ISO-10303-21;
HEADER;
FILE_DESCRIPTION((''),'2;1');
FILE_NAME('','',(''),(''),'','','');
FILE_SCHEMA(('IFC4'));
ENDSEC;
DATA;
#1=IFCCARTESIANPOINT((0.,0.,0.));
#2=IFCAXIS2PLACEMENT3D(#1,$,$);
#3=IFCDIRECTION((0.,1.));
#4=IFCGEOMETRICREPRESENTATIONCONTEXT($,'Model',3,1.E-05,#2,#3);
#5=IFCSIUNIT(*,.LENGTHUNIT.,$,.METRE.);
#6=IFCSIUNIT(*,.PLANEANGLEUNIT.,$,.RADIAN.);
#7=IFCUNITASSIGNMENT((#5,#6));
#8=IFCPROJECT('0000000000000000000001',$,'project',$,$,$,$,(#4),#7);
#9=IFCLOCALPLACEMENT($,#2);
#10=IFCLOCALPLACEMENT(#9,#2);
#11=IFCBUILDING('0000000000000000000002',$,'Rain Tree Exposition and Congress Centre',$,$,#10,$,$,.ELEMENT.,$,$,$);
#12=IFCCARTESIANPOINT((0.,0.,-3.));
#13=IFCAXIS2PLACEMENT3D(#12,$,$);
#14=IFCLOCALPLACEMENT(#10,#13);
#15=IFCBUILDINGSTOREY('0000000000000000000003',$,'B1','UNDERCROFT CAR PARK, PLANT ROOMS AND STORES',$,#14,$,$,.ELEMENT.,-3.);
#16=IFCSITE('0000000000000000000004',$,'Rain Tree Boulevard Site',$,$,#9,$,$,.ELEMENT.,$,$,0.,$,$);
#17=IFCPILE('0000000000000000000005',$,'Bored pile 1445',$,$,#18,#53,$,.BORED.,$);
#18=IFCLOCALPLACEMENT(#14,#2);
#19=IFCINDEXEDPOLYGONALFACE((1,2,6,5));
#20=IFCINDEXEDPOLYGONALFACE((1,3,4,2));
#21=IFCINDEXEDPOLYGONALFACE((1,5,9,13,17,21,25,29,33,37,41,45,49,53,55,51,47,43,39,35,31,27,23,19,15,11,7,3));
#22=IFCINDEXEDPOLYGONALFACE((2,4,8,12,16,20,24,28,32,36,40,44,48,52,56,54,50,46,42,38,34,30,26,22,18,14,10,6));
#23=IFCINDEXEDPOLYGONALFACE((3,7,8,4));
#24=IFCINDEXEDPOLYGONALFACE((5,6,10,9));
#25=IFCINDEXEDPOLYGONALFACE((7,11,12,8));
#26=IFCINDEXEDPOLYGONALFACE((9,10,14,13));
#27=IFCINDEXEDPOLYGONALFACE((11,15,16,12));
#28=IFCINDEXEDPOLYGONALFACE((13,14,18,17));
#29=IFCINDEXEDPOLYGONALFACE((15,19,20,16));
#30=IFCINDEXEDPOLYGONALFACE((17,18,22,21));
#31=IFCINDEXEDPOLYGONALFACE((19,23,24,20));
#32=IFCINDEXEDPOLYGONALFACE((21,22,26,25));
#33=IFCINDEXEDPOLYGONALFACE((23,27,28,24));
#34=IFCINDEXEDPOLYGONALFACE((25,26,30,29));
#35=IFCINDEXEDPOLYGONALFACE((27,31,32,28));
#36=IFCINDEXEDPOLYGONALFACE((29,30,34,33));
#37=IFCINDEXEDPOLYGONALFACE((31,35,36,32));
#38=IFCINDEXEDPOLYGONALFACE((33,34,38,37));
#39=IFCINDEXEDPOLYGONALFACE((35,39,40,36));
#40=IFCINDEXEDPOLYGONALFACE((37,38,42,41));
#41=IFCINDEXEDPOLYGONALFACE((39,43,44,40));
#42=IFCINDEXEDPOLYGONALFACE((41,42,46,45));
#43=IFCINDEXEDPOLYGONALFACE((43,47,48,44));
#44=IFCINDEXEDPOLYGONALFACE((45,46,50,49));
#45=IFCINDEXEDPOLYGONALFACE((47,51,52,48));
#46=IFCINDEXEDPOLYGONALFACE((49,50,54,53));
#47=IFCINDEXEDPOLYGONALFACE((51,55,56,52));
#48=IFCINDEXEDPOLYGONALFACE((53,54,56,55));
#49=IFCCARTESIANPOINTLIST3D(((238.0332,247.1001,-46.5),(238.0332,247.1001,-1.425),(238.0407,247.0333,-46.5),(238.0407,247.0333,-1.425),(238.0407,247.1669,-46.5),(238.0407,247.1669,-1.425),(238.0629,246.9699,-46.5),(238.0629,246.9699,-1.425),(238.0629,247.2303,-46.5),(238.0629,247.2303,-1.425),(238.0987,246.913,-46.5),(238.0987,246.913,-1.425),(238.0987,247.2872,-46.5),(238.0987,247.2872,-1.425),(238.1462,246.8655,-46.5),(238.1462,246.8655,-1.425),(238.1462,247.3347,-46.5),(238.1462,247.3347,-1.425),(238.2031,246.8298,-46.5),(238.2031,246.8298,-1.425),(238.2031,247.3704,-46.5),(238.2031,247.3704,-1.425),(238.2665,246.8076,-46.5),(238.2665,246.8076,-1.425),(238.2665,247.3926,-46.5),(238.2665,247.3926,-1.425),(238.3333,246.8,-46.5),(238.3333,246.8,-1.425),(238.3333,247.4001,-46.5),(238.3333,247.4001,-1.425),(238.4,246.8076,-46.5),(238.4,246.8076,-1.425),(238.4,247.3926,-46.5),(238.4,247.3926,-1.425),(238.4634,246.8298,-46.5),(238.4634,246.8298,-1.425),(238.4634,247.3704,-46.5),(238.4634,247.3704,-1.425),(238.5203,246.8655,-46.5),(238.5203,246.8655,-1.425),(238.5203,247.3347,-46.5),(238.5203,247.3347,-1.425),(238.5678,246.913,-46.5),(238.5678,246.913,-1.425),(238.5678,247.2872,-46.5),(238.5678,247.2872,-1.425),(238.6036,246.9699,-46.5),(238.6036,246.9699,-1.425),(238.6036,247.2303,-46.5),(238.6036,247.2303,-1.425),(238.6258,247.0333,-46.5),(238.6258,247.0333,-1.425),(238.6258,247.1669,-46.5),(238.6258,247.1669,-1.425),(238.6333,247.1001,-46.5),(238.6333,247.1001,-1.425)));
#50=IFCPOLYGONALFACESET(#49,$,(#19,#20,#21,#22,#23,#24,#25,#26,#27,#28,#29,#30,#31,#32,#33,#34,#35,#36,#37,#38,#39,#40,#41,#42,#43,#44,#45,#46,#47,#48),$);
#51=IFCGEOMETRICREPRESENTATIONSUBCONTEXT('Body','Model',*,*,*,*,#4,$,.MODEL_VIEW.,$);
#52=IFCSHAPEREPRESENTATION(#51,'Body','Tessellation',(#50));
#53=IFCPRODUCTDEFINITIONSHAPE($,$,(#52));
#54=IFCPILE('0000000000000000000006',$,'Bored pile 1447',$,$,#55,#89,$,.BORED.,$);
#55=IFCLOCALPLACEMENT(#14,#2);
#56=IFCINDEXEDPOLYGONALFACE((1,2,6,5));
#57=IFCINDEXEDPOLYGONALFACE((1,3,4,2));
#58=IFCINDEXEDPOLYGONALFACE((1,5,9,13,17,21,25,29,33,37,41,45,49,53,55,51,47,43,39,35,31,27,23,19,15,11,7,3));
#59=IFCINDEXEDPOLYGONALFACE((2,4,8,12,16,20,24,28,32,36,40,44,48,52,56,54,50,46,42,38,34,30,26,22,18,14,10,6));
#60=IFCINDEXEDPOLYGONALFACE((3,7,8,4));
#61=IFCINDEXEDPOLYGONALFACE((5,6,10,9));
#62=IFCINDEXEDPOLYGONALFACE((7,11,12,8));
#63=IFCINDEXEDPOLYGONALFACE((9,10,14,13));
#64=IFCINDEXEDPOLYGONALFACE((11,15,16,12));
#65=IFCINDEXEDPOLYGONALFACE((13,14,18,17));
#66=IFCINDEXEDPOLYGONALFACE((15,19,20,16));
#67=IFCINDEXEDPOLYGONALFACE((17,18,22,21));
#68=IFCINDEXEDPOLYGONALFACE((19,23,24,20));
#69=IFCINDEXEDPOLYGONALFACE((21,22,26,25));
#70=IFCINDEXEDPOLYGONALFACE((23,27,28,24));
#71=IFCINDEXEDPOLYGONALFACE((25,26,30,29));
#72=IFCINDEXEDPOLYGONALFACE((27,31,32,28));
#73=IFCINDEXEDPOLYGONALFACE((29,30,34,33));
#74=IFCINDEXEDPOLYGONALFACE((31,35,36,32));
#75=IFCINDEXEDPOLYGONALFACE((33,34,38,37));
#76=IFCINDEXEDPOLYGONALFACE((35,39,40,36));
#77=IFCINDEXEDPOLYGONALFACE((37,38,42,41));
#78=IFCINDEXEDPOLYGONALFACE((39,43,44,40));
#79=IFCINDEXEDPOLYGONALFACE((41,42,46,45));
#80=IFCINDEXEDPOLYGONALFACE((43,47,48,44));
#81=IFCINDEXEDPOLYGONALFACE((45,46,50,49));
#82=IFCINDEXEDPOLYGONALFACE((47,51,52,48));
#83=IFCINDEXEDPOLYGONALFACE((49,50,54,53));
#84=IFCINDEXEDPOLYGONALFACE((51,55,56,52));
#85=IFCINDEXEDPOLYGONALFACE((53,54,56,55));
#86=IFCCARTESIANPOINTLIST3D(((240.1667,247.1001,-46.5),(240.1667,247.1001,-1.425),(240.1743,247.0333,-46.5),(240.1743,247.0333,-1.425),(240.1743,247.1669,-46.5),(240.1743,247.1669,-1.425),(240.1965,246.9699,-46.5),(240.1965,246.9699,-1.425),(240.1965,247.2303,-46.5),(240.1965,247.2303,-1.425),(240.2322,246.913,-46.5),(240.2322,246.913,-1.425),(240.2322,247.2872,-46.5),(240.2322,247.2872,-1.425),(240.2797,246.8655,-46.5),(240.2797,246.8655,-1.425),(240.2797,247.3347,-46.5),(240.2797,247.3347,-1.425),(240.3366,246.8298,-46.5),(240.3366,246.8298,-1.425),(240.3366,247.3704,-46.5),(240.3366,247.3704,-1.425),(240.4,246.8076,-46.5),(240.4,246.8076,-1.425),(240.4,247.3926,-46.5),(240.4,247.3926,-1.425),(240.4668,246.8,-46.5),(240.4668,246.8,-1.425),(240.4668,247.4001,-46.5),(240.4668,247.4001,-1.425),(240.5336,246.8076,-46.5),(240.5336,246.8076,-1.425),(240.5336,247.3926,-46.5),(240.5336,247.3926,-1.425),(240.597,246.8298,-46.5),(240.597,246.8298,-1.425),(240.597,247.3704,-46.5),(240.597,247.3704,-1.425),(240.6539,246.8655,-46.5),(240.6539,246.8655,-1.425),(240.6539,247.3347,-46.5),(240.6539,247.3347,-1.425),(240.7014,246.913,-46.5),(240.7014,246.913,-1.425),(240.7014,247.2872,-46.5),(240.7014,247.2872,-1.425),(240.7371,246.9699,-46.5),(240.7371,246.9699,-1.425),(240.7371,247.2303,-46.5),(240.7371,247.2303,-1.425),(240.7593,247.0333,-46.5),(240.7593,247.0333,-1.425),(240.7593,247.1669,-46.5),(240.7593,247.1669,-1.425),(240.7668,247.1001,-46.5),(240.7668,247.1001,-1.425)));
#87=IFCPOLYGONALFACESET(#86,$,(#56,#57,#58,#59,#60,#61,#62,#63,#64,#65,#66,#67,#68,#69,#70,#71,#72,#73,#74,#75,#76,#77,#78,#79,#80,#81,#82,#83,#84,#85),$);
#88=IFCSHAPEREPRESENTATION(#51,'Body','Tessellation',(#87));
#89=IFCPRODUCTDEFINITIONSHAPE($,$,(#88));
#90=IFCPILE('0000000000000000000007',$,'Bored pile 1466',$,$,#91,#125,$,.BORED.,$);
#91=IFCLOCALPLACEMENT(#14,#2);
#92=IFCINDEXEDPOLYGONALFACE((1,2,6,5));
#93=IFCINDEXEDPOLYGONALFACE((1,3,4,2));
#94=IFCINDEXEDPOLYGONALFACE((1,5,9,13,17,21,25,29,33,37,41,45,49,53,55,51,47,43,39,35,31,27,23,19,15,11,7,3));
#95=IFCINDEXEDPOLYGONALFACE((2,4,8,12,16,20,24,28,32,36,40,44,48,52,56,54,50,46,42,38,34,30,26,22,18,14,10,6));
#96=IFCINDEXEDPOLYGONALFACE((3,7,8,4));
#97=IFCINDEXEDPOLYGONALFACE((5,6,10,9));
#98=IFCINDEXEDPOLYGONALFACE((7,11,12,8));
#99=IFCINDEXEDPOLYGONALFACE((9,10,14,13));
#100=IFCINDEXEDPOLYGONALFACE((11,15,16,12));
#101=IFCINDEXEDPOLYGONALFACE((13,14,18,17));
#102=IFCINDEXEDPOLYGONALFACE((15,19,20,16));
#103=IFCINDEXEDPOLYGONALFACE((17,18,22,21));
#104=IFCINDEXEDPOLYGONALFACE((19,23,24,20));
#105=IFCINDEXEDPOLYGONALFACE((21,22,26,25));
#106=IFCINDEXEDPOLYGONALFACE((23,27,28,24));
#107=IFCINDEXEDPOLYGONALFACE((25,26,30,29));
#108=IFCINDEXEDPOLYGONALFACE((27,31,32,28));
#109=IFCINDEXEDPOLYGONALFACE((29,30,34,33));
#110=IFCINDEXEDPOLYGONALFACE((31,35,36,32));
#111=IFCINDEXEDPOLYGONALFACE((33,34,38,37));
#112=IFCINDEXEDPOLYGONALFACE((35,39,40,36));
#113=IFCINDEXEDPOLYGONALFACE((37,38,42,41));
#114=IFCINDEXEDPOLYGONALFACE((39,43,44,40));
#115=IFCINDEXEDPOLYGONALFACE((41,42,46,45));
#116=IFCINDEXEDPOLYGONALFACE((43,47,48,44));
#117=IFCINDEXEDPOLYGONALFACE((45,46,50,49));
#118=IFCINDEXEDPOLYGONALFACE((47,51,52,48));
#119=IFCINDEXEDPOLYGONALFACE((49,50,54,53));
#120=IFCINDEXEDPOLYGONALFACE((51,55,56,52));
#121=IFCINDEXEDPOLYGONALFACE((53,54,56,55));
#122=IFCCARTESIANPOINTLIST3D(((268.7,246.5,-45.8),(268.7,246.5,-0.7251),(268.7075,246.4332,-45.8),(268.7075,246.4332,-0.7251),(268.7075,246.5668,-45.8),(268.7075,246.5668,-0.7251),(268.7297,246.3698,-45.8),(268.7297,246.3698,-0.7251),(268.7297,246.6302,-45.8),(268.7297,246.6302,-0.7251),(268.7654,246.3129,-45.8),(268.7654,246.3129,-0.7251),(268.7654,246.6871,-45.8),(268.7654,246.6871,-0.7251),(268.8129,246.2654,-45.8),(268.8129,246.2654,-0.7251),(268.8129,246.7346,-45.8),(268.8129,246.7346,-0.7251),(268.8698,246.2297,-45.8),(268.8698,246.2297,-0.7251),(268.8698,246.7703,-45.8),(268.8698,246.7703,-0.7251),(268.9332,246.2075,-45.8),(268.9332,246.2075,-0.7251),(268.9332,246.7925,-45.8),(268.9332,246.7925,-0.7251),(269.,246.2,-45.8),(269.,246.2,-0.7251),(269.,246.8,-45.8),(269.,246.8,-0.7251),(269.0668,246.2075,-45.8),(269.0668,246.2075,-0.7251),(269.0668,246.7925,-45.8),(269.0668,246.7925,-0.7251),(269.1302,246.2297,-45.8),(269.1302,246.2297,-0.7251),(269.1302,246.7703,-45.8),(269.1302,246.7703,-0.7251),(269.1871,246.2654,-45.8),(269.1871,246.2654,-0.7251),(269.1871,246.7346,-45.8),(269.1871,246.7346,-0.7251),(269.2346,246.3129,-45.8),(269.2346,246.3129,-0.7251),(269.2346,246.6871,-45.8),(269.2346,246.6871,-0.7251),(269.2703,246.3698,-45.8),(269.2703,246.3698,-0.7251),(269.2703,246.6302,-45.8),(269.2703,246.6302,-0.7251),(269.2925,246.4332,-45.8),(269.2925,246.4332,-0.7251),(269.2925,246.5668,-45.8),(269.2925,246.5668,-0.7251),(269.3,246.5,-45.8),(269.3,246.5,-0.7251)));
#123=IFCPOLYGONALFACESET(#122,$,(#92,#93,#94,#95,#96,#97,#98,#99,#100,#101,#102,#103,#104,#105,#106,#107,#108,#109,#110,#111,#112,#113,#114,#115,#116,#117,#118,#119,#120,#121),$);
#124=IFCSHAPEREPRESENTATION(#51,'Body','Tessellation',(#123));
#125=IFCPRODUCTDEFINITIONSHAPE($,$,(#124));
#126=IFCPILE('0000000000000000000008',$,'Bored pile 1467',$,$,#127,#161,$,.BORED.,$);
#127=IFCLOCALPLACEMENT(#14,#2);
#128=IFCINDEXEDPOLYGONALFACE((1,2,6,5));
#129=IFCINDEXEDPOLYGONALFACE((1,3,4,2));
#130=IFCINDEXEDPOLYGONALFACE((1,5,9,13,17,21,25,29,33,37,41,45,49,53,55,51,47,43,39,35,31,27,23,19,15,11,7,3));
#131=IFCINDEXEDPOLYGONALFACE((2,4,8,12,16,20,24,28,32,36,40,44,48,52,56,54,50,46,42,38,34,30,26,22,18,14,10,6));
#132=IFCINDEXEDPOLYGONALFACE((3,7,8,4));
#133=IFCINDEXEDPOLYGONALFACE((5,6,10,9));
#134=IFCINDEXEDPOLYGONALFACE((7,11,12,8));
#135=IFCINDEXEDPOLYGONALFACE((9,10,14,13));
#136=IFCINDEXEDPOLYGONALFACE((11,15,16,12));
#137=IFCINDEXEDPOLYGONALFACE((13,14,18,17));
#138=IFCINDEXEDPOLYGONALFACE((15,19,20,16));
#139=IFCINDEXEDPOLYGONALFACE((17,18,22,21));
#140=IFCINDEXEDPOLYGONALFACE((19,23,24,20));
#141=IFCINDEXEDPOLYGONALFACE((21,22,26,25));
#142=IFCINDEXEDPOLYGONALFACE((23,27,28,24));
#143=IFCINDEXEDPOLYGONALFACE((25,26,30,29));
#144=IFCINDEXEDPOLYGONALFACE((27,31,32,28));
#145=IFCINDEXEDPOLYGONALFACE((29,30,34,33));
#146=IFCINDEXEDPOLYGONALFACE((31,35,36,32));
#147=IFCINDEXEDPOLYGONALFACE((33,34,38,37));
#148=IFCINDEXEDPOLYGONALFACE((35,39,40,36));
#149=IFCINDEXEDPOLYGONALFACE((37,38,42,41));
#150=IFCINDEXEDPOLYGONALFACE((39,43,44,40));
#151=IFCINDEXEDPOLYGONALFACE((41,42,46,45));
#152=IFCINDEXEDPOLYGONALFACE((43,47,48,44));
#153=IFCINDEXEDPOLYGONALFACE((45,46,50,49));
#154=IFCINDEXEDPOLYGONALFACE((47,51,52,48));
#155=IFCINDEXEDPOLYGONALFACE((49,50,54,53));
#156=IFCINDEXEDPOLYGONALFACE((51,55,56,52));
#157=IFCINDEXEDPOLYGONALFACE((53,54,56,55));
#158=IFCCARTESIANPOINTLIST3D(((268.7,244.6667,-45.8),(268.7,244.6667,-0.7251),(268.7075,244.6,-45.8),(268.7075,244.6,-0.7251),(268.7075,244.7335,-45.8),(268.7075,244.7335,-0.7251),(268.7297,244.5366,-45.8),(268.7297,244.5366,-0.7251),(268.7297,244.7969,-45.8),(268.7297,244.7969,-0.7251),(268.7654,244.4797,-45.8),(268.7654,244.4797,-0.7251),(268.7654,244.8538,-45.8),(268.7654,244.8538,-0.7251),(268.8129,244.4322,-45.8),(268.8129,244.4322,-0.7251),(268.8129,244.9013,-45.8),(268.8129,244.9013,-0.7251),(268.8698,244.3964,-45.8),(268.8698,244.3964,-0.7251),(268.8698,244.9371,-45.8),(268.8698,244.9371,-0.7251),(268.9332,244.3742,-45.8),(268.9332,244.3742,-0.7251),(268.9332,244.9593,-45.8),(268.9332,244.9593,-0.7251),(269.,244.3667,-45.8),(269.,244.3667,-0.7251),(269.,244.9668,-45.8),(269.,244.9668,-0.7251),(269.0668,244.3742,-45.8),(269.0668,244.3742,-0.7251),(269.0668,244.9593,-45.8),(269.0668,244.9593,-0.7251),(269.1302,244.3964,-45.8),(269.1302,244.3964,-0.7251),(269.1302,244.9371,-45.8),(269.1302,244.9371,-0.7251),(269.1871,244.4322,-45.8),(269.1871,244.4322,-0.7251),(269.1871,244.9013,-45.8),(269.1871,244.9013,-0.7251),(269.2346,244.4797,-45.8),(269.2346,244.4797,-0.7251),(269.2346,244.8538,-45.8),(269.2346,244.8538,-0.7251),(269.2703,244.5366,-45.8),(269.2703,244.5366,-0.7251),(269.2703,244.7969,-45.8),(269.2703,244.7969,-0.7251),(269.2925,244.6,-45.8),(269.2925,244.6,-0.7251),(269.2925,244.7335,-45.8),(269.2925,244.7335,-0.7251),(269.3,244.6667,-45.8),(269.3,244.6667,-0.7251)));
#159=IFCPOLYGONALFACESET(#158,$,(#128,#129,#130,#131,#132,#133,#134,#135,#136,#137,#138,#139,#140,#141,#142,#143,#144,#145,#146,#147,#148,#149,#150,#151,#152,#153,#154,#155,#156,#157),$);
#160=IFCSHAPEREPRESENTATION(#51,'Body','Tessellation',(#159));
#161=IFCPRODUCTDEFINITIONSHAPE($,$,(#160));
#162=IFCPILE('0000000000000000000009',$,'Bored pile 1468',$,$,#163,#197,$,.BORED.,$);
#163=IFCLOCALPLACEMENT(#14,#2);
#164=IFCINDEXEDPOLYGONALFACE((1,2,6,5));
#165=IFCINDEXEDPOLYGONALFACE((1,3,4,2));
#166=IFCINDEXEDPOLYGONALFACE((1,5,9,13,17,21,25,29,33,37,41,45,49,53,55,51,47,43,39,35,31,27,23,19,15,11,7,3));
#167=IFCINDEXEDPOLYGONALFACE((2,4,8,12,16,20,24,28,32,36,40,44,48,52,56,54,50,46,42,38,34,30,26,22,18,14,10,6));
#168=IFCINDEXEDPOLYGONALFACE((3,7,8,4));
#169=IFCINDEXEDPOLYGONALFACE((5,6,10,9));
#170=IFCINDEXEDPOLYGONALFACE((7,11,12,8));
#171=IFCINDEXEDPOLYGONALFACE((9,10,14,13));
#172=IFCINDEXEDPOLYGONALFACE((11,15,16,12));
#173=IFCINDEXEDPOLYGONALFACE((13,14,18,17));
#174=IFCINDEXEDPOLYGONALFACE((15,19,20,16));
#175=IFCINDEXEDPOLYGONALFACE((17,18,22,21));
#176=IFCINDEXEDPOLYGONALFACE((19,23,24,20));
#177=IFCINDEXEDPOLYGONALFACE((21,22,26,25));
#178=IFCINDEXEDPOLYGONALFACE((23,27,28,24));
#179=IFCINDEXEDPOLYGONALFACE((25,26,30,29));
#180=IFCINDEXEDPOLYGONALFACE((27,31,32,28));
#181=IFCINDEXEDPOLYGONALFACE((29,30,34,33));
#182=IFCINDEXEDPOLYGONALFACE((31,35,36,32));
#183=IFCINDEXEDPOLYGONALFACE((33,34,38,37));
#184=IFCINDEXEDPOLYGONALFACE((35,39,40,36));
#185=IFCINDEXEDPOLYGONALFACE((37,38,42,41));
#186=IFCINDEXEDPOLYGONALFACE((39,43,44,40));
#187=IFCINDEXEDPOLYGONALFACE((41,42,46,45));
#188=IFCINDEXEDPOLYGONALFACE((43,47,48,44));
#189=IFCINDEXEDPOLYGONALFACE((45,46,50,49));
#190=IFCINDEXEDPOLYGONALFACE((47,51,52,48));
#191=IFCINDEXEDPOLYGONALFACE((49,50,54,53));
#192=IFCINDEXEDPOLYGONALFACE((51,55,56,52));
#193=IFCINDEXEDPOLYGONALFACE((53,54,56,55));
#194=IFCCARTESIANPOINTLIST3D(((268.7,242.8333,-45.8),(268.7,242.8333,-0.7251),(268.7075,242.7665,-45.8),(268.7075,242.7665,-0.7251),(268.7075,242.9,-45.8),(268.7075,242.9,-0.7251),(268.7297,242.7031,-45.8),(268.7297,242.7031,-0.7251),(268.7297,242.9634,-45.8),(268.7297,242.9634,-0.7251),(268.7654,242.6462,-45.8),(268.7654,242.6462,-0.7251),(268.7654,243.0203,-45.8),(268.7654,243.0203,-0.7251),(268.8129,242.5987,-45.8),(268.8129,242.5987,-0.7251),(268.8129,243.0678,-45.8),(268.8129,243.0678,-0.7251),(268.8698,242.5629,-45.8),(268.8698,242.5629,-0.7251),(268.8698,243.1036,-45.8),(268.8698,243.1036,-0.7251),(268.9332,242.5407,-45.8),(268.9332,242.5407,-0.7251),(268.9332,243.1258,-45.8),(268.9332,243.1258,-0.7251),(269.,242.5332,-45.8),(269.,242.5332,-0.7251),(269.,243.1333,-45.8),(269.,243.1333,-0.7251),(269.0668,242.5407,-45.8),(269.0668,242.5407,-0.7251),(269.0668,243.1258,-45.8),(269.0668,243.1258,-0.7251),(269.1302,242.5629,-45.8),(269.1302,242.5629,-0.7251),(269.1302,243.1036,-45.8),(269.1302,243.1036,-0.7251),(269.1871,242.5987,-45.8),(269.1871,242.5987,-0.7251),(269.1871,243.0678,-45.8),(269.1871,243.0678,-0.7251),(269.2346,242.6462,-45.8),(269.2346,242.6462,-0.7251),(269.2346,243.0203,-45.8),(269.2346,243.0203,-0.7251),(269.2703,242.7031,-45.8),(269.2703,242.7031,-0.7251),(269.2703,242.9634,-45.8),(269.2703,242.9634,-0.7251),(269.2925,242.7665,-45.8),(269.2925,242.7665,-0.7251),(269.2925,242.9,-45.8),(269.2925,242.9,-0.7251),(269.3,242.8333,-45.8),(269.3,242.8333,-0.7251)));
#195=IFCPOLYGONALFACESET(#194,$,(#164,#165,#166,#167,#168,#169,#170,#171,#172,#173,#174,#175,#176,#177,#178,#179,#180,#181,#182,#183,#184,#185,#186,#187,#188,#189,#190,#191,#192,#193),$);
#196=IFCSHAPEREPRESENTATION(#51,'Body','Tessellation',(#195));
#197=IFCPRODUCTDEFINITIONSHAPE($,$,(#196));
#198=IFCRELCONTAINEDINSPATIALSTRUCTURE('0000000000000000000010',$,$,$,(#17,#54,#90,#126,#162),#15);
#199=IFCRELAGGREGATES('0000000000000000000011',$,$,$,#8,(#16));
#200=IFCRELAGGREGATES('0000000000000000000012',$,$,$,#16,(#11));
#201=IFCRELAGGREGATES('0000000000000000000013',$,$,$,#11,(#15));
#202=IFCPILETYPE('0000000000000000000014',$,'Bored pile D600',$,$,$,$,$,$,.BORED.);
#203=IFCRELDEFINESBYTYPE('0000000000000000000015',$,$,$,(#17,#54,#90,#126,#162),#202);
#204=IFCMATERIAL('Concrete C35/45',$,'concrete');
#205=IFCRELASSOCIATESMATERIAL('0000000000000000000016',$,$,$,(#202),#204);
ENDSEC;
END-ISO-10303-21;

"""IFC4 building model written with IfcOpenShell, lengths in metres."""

from ifc_helpers import new_model, si_unit, direction, frame, origin, origin_2d, place, context, subcontext, project, spatial, circle, extrude, material, material_profile, profile_set, type_object, element, save


model = new_model("IFC4")

# Units and contexts
model_context = context("Model", 3, precision=1e-05, world=origin(), true_north=direction((0.0, 1.0)))
body_context = subcontext(model_context, "Body", "Model", "MODEL_VIEW")
ifc_project = project(units=[si_unit("LENGTHUNIT", "METRE"), si_unit("PLANEANGLEUNIT", "RADIAN")], contexts=[model_context])

# Site, building, storey
site_placement = place(None, origin())
site = spatial("IfcSite", under=ifc_project, at=site_placement, Name="Rain Tree Boulevard Site", CompositionType="ELEMENT", RefElevation=0.0)
building_placement = place(site_placement, origin())
building = spatial("IfcBuilding", under=site, at=building_placement, Name="Rain Tree Exposition and Congress Centre", CompositionType="ELEMENT")
storey_placement = place(building_placement, frame((0.0, 0.0, -3.0)))
storey = spatial("IfcBuildingStorey", under=building, at=storey_placement, Name="B1", Description="UNDERCROFT CAR PARK, PLANT ROOMS AND STORES", CompositionType="ELEMENT", Elevation=-3.0)

# Piles
ifc_material_1 = material(Name="Concrete C35/45", Category="concrete")
ifc_material_profile_1 = material_profile(ifc_material_1, circle(Radius=0.3, at=origin_2d()), Name="D600")
ifc_profile_set_1 = profile_set([ifc_material_profile_1], Name="Concrete C35/45")
pile_type_1 = type_object("IfcPileType", Name="Bored pile D600", PredefinedType="BORED", material=ifc_profile_set_1)
for number, where, z_axis, x_axis, name in (
    (1, (238.3333, 247.1001, -1.425), (0.0, 0.0, -1.0), (1.0, 0.0, 0.0), "Bored pile 1445"),
    (2, (240.4668, 247.1001, -1.425), (0.0, 0.0, -1.0), (1.0, 0.0, 0.0), "Bored pile 1447"),
    (3, (269.0, 246.5, -0.7251), (0.0, 0.0, -1.0), (1.0, 0.0, 0.0), "Bored pile 1466"),
    (4, (269.0, 244.6667, -0.7251), (0.0, 0.0, -1.0), (1.0, 0.0, 0.0), "Bored pile 1467"),
    (5, (269.0, 242.8333, -0.7251), (0.0, 0.0, -1.0), (1.0, 0.0, 0.0), "Bored pile 1468"),
):
    element("IfcPile", number, at=place(storey_placement, frame(where, z_axis=z_axis, x_axis=x_axis)), inside=storey, type_object=pile_type_1, Name=name, PredefinedType="BORED", context=body_context, shape_type="SweptSolid", body=[
        extrude(circle(Radius=0.3, at=origin_2d()), origin(), (0.0, 0.0, 1.0), 45.075),
    ])

save(model, "model.ifc")
